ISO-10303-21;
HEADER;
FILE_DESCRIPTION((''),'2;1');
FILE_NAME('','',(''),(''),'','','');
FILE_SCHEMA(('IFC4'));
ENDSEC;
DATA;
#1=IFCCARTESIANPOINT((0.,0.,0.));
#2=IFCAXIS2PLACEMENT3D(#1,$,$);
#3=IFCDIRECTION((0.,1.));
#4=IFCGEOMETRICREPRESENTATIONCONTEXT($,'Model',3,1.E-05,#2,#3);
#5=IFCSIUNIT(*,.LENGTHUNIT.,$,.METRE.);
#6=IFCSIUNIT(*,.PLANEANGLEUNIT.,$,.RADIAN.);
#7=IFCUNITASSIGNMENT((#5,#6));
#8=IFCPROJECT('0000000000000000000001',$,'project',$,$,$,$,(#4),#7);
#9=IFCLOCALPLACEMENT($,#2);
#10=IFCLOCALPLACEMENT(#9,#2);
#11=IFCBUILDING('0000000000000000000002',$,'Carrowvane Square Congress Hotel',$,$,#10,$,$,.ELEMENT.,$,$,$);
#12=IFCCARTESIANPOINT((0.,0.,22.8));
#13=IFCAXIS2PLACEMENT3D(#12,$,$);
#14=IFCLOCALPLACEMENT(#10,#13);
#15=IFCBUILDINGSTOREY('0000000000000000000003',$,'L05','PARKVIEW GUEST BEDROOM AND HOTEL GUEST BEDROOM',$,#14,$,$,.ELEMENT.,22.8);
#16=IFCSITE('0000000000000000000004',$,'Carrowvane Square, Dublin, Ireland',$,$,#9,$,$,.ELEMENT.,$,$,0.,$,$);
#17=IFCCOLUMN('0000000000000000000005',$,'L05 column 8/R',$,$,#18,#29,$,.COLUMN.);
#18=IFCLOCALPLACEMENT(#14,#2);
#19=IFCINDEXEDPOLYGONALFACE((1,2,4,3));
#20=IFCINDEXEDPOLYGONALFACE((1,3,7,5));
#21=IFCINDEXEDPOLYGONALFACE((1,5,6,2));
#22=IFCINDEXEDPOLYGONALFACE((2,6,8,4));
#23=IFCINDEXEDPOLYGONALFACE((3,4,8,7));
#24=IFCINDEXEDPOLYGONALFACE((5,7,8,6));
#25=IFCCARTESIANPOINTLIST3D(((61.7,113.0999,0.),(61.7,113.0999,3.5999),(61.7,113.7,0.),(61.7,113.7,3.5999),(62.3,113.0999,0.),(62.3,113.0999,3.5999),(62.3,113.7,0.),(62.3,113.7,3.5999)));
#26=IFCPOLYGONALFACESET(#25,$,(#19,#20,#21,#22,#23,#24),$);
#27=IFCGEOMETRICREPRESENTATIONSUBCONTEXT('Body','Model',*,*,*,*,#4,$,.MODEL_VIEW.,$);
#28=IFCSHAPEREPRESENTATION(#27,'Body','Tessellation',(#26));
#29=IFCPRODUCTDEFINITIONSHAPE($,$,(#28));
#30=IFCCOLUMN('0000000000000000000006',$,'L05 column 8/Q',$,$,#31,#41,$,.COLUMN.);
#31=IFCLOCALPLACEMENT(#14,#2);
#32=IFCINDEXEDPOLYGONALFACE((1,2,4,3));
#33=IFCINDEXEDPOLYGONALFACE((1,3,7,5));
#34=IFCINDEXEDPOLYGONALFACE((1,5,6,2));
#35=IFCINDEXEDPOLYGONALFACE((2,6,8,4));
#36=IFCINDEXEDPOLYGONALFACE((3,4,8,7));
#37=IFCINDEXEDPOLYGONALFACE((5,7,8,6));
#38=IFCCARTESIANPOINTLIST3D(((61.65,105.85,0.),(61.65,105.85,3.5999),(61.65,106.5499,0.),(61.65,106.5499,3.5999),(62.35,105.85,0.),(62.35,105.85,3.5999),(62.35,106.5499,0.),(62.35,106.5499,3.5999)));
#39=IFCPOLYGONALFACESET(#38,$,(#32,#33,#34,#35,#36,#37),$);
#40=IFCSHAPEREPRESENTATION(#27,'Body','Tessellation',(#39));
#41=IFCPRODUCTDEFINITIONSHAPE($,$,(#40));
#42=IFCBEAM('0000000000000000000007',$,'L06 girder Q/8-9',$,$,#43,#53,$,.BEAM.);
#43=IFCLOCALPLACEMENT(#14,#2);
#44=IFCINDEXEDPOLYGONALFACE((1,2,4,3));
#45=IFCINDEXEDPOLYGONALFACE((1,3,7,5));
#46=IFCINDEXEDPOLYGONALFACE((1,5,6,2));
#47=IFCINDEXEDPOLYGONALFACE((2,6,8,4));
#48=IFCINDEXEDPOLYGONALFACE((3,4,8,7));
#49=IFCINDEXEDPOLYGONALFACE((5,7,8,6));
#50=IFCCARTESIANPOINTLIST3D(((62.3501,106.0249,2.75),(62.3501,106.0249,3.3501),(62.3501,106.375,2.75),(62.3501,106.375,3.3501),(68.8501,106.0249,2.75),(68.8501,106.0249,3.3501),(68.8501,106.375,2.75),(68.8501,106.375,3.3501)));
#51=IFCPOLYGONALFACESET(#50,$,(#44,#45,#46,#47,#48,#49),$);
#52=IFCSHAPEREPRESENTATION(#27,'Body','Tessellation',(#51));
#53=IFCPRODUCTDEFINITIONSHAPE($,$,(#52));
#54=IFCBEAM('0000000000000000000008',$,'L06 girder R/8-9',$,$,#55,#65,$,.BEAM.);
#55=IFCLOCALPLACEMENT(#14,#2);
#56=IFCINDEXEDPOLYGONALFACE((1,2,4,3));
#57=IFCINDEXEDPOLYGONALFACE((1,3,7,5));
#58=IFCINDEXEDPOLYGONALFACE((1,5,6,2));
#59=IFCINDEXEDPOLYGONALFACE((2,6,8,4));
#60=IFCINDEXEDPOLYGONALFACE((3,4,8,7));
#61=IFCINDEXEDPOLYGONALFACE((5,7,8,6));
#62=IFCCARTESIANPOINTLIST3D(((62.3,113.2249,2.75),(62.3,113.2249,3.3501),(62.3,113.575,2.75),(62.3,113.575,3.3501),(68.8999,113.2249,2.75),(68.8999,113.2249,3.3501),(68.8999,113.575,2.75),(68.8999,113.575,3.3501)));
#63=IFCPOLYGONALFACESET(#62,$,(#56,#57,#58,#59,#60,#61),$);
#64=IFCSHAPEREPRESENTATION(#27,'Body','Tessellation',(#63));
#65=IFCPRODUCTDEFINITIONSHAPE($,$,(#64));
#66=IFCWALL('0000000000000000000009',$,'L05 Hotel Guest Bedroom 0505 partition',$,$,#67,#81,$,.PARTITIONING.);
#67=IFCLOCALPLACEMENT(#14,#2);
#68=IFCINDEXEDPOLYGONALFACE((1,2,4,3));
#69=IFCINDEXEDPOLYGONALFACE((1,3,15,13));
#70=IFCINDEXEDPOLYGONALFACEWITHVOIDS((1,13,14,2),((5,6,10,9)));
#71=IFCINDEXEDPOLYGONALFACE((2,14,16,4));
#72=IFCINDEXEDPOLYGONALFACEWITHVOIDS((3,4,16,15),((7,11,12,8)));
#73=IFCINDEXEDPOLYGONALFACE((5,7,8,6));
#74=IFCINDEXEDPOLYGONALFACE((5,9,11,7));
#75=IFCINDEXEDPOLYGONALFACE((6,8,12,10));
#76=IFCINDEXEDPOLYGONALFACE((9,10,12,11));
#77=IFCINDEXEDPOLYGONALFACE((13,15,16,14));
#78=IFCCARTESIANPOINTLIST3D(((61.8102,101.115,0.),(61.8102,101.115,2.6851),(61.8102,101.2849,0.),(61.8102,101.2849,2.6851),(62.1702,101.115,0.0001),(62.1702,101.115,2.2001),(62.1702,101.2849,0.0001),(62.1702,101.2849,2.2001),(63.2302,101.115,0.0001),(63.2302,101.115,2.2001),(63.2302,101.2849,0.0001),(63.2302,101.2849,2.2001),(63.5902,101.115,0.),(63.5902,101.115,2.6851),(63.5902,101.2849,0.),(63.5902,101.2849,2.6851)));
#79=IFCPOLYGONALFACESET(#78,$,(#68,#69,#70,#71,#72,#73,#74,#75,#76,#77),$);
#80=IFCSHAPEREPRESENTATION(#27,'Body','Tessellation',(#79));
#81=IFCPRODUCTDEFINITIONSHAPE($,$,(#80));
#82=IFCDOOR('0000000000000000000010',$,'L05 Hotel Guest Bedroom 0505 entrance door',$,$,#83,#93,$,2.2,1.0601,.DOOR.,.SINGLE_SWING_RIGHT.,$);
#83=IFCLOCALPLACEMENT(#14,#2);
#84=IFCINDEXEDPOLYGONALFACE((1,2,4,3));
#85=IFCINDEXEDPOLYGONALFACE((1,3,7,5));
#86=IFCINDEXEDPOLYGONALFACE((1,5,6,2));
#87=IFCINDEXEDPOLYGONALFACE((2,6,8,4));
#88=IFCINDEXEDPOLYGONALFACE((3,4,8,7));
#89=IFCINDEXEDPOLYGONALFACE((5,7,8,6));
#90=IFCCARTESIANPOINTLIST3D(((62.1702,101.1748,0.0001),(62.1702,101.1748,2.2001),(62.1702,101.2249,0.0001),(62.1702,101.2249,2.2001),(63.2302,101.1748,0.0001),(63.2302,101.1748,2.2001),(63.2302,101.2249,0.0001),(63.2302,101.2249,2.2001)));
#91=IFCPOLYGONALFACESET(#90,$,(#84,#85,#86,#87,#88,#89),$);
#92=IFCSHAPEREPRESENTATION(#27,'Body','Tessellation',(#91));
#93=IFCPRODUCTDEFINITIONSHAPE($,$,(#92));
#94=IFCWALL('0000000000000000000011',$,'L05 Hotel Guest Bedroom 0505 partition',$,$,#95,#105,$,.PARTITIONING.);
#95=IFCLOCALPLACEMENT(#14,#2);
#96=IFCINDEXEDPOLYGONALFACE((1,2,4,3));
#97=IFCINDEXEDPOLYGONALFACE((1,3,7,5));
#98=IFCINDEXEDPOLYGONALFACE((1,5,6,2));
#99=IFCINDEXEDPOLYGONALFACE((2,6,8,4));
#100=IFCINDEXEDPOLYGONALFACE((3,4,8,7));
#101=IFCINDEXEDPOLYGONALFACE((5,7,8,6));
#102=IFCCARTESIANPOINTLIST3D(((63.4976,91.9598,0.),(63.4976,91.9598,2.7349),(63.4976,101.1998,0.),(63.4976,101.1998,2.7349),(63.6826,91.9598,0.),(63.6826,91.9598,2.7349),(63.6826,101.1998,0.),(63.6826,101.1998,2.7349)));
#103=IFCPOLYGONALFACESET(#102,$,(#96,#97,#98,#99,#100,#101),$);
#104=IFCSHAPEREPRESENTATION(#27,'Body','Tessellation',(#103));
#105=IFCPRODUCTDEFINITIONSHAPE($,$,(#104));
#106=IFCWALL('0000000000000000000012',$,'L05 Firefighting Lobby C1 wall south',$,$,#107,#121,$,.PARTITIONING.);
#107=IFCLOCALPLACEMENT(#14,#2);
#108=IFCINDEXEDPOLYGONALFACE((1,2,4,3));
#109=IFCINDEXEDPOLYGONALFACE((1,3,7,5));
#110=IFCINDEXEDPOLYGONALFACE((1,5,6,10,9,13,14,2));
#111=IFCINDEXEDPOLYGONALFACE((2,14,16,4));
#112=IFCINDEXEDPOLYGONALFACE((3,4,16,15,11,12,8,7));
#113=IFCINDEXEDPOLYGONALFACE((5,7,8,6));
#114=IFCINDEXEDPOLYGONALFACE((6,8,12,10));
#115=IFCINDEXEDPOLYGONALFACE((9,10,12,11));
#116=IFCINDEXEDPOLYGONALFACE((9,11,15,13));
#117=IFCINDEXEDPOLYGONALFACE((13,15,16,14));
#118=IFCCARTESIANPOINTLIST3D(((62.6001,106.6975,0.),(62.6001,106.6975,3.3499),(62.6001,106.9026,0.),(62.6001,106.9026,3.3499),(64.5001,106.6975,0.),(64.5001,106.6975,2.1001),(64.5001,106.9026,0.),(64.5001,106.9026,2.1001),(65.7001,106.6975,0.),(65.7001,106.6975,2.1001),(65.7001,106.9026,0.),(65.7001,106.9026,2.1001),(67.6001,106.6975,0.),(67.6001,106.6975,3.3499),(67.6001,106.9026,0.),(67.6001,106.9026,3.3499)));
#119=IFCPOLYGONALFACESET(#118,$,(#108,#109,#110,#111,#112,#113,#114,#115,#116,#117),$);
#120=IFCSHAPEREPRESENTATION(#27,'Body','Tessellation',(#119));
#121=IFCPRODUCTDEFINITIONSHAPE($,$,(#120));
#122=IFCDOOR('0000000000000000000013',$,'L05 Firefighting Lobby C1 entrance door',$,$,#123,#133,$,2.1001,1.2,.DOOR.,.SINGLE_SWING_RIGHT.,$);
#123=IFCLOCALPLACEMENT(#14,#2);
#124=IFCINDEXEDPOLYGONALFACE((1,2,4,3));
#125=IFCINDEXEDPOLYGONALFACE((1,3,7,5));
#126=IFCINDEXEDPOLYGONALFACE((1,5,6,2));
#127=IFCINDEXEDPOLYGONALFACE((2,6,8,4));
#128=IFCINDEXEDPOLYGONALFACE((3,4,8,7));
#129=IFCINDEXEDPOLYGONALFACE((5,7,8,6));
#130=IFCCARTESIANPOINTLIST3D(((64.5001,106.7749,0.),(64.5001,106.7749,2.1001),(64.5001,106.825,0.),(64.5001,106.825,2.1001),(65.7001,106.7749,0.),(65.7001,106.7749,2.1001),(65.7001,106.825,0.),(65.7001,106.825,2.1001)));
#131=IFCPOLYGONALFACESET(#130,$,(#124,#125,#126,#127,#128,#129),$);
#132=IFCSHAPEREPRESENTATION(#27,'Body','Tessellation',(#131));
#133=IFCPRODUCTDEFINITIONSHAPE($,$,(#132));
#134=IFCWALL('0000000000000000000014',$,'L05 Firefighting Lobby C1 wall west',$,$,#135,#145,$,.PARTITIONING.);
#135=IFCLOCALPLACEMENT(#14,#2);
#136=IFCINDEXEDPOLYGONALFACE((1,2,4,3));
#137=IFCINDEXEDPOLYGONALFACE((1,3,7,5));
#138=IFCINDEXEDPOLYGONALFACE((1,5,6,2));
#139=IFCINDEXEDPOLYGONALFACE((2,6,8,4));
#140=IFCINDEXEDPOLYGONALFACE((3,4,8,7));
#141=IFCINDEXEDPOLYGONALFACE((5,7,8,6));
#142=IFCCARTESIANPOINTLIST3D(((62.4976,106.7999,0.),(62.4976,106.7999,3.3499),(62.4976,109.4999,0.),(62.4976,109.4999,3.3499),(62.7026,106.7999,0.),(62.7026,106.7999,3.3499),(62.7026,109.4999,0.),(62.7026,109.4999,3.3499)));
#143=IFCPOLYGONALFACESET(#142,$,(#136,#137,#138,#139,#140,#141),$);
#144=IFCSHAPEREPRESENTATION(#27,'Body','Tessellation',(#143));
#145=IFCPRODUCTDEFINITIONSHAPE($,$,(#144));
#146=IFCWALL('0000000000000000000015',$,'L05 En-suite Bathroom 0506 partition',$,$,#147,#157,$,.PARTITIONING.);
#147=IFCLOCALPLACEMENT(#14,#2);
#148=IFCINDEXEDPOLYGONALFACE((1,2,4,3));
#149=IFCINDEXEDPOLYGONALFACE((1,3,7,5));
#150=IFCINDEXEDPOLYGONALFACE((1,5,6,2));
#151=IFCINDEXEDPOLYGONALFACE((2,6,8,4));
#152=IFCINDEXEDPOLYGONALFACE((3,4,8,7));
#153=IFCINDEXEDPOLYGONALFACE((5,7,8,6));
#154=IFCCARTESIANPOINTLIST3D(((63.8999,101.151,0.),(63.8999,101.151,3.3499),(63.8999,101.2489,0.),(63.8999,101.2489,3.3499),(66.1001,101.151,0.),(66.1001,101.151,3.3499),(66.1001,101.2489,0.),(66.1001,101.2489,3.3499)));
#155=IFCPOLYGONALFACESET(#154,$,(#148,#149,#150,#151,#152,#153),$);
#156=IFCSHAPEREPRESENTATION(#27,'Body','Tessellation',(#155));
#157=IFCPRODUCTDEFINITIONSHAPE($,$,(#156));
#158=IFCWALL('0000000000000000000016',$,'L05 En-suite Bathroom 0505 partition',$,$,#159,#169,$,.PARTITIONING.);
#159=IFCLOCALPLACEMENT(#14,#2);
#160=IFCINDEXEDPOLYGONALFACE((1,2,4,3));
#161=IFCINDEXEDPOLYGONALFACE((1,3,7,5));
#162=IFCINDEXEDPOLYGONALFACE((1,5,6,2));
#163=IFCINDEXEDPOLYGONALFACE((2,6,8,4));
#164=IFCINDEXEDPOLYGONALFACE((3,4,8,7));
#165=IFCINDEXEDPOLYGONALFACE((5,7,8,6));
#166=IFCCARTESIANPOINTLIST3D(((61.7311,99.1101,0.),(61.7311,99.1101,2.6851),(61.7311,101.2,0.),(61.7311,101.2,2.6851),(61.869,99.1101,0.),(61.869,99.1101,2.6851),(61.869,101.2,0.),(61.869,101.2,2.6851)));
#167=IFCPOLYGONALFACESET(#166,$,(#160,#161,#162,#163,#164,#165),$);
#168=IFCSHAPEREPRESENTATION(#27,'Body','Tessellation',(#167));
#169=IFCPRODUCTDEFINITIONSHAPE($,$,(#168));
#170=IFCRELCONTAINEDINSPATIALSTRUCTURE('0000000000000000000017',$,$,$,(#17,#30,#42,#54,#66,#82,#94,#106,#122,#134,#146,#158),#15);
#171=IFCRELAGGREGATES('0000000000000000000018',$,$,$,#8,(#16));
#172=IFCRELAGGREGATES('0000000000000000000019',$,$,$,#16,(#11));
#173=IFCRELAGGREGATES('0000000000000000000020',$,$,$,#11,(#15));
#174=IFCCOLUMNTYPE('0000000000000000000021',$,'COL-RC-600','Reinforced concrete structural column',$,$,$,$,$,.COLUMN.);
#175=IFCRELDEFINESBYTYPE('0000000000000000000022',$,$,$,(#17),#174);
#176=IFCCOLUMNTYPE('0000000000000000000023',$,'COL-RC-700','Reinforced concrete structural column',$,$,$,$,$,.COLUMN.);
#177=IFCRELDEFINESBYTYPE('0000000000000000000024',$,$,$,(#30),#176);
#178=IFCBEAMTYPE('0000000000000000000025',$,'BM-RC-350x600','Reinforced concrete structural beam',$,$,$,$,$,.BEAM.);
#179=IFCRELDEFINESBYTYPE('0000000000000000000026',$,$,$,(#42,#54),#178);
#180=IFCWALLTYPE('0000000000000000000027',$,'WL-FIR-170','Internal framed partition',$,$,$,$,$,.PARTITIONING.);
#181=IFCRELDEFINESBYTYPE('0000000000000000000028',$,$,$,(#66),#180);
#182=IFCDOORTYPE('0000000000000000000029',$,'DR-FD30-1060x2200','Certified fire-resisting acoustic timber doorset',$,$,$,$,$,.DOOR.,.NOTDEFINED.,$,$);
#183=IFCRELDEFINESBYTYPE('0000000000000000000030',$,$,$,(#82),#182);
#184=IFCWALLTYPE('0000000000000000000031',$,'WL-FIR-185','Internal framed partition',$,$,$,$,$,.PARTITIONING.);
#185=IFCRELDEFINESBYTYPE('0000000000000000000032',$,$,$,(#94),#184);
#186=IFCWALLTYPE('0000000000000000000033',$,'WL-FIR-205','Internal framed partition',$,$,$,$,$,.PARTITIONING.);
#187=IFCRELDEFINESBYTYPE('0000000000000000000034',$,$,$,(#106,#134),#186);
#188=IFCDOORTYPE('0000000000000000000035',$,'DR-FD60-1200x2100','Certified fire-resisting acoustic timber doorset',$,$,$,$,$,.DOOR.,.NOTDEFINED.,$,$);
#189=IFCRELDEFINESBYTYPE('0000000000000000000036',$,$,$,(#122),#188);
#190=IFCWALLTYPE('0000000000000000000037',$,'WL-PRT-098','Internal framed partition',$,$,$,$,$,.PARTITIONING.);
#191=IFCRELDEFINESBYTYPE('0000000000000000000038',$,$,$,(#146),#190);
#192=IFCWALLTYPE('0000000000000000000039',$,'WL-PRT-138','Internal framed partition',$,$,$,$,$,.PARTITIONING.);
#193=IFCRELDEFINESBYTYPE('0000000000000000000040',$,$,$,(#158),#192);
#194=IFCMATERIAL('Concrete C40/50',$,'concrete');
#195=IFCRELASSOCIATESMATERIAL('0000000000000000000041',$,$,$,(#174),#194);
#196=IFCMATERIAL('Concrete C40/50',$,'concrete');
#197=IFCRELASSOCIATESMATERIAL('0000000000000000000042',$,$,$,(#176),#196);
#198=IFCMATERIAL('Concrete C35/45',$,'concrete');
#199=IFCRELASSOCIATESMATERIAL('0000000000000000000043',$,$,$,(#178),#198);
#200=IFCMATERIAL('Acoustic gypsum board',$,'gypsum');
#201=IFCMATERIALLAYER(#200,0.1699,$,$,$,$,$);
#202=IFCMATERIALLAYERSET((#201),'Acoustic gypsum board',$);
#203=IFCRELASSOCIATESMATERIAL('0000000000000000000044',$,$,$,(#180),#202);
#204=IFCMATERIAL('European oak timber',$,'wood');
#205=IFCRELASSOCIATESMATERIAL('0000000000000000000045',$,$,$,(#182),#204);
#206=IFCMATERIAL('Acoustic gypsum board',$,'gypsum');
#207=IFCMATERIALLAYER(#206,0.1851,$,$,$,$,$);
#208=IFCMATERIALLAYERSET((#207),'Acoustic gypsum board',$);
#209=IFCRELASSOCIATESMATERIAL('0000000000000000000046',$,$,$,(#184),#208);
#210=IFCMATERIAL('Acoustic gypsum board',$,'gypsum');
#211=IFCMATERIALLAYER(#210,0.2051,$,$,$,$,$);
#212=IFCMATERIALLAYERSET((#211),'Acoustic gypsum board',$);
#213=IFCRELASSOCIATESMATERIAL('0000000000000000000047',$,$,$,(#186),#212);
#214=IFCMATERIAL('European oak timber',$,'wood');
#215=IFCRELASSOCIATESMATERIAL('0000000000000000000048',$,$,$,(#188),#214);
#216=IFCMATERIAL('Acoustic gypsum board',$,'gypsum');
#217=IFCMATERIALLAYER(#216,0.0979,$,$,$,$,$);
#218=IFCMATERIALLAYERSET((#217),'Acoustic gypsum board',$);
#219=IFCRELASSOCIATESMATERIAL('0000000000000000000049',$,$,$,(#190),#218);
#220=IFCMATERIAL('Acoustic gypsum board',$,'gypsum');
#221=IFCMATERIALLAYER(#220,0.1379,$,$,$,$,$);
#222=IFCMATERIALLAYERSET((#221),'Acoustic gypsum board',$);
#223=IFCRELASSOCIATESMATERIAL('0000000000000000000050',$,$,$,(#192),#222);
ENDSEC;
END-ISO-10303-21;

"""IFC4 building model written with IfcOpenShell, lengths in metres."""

from ifc_helpers import new_model, si_unit, direction, frame, frame_2d, origin, origin_2d, place, context, subcontext, project, spatial, rectangle, extrude, material, layer, layer_set, material_profile, profile_set, type_object, element, fill, save


model = new_model("IFC4")

# Units and contexts
model_context = context("Model", 3, precision=1e-05, world=origin(), true_north=direction((0.0, 1.0)))
body_context = subcontext(model_context, "Body", "Model", "MODEL_VIEW")
ifc_project = project(units=[si_unit("LENGTHUNIT", "METRE"), si_unit("PLANEANGLEUNIT", "RADIAN")], contexts=[model_context])

# Site, building, storey
site_placement = place(None, origin())
site = spatial("IfcSite", under=ifc_project, at=site_placement, Name="Carrowvane Square, Dublin, Ireland", CompositionType="ELEMENT", RefElevation=0.0)
building_placement = place(site_placement, origin())
building = spatial("IfcBuilding", under=site, at=building_placement, Name="Carrowvane Square Congress Hotel", CompositionType="ELEMENT")
storey_placement = place(building_placement, frame((0.0, 0.0, 22.8)))
storey = spatial("IfcBuildingStorey", under=building, at=storey_placement, Name="L05", Description="PARKVIEW GUEST BEDROOM AND HOTEL GUEST BEDROOM", CompositionType="ELEMENT", Elevation=22.8)

# Columns
ifc_material_1 = material(Name="Concrete C40/50", Category="concrete")
ifc_material_profile_1 = material_profile(ifc_material_1, rectangle(XDim=0.6001, YDim=0.6001, at=origin_2d()), Name="RC 600x600")
ifc_profile_set_1 = profile_set([ifc_material_profile_1], Name="Concrete C40/50")
column_type_1 = type_object("IfcColumnType", Name="COL-RC-600", Description="Reinforced concrete structural column", PredefinedType="COLUMN", material=ifc_profile_set_1)
column_1_placement = place(storey_placement, frame((62.0, 113.3999, 0.0), z_axis=(0.0, 0.0, 1.0), x_axis=(1.0, 0.0, 0.0)))
element("IfcColumn", 1, at=column_1_placement, inside=storey, type_object=column_type_1, Name="L05 column 8/R", PredefinedType="COLUMN", context=body_context, shape_type="SweptSolid", body=[
    extrude(rectangle(XDim=0.6001, YDim=0.6001, at=origin_2d()), origin(), (0.0, 0.0, 1.0), 3.5999),
])
ifc_material_2 = material(Name="Concrete C40/50", Category="concrete")
ifc_material_profile_2 = material_profile(ifc_material_2, rectangle(XDim=0.7, YDim=0.7, at=origin_2d()), Name="RC 700x700")
ifc_profile_set_2 = profile_set([ifc_material_profile_2], Name="Concrete C40/50")
column_type_2 = type_object("IfcColumnType", Name="COL-RC-700", Description="Reinforced concrete structural column", PredefinedType="COLUMN", material=ifc_profile_set_2)
column_2_placement = place(storey_placement, frame((62.0, 106.2, 0.0), z_axis=(0.0, 0.0, 1.0), x_axis=(1.0, 0.0, 0.0)))
element("IfcColumn", 2, at=column_2_placement, inside=storey, type_object=column_type_2, Name="L05 column 8/Q", PredefinedType="COLUMN", context=body_context, shape_type="SweptSolid", body=[
    extrude(rectangle(XDim=0.7, YDim=0.7, at=origin_2d()), origin(), (0.0, 0.0, 1.0), 3.5999),
])

# Beams
ifc_material_3 = material(Name="Concrete C35/45", Category="concrete")
ifc_material_profile_3 = material_profile(ifc_material_3, rectangle(XDim=0.3501, YDim=0.6001, at=origin_2d()), Name="RC 350x600")
ifc_profile_set_3 = profile_set([ifc_material_profile_3], Name="Concrete C35/45")
beam_type = type_object("IfcBeamType", Name="BM-RC-350x600", Description="Reinforced concrete structural beam", PredefinedType="BEAM", material=ifc_profile_set_3)
beam_1_placement = place(storey_placement, frame((62.3501, 106.2, 3.05), z_axis=(1.0, 0.0, 0.0), x_axis=(0.0, 1.0, 0.0)))
element("IfcBeam", 3, at=beam_1_placement, inside=storey, type_object=beam_type, Name="L06 girder Q/8-9", PredefinedType="BEAM", context=body_context, shape_type="SweptSolid", body=[
    extrude(rectangle(XDim=0.3501, YDim=0.6001, at=origin_2d()), origin(), (0.0, 0.0, 1.0), 6.5),
])
beam_2_placement = place(storey_placement, frame((62.3, 113.3999, 3.05), z_axis=(1.0, 0.0, 0.0), x_axis=(0.0, 1.0, 0.0)))
element("IfcBeam", 4, at=beam_2_placement, inside=storey, type_object=beam_type, Name="L06 girder R/8-9", PredefinedType="BEAM", context=body_context, shape_type="SweptSolid", body=[
    extrude(rectangle(XDim=0.3501, YDim=0.6001, at=origin_2d()), origin(), (0.0, 0.0, 1.0), 6.5999),
])

# Wall, opening, door
ifc_material_4 = material(Name="Acoustic gypsum board", Category="gypsum")
ifc_layer_1 = layer(ifc_material_4, 0.1699)
ifc_layer_set_1 = layer_set([ifc_layer_1], Name="Acoustic gypsum board")
wall_type_1 = type_object("IfcWallType", Name="WL-FIR-170", Description="Internal framed partition", PredefinedType="PARTITIONING", material=ifc_layer_set_1)
wall_1_placement = place(storey_placement, frame((61.8101, 101.2, 0.0), z_axis=(0.0, 0.0, 1.0), x_axis=(1.0, 0.0, 0.0)))
wall_1 = element("IfcWall", 5, at=wall_1_placement, inside=storey, type_object=wall_type_1, Name="L05 Hotel Guest Bedroom 0505 partition", PredefinedType="PARTITIONING", context=body_context, shape_type="SweptSolid", body=[
    extrude(rectangle(XDim=1.78, YDim=0.1699, at=frame_2d((0.8901, 0.0))), origin(), (0.0, 0.0, 1.0), 2.6851),
])
opening_1_placement = place(wall_1_placement, frame((0.3601, 0.0, 0.0)))
opening_1 = element("IfcOpeningElement", 6, at=opening_1_placement, cuts=wall_1, PredefinedType="OPENING", context=body_context, shape_type="SweptSolid", body=[
    extrude(rectangle(XDim=1.0601, YDim=2.2, at=frame_2d((0.53, 1.1001))), frame((0.0, 0.095, 0.0), z_axis=(0.0, -1.0, 0.0), x_axis=(1.0, 0.0, 0.0)), (0.0, 0.0, 1.0), 0.1899),
])
ifc_material_5 = material(Name="European oak timber", Category="wood")
door_type_1 = type_object("IfcDoorType", Name="DR-FD30-1060x2200", Description="Certified fire-resisting acoustic timber doorset", OperationType="NOTDEFINED", PredefinedType="DOOR", material=ifc_material_5)
door_1_placement = place(opening_1_placement, origin())
door_1 = element("IfcDoor", 7, at=door_1_placement, inside=storey, type_object=door_type_1, Name="L05 Hotel Guest Bedroom 0505 entrance door", OperationType="SINGLE_SWING_RIGHT", OverallHeight=2.2, OverallWidth=1.0601, PredefinedType="DOOR", context=body_context, shape_type="SweptSolid", body=[
    extrude(rectangle(XDim=1.0601, YDim=2.2, at=frame_2d((0.53, 1.1001))), frame((0.0, 0.0249, 0.0), z_axis=(0.0, -1.0, 0.0), x_axis=(1.0, 0.0, 0.0)), (0.0, 0.0, 1.0), 0.05),
])
fill(opening_1, door_1)

# Wall
ifc_material_6 = material(Name="Acoustic gypsum board", Category="gypsum")
ifc_layer_2 = layer(ifc_material_6, 0.1851)
ifc_layer_set_2 = layer_set([ifc_layer_2], Name="Acoustic gypsum board")
wall_type_2 = type_object("IfcWallType", Name="WL-FIR-185", Description="Internal framed partition", PredefinedType="PARTITIONING", material=ifc_layer_set_2)
wall_2_placement = place(storey_placement, frame((63.5901, 101.2, 0.0), z_axis=(0.0, 0.0, 1.0), x_axis=(0.0, -1.0, 0.0)))
element("IfcWall", 8, at=wall_2_placement, inside=storey, type_object=wall_type_2, Name="L05 Hotel Guest Bedroom 0505 partition", PredefinedType="PARTITIONING", context=body_context, shape_type="SweptSolid", body=[
    extrude(rectangle(XDim=9.24, YDim=0.1851, at=frame_2d((4.6201, 0.0))), origin(), (0.0, 0.0, 1.0), 2.7349),
])

# Wall, opening, door
ifc_material_7 = material(Name="Acoustic gypsum board", Category="gypsum")
ifc_layer_3 = layer(ifc_material_7, 0.2051)
ifc_layer_set_3 = layer_set([ifc_layer_3], Name="Acoustic gypsum board")
wall_type_3 = type_object("IfcWallType", Name="WL-FIR-205", Description="Internal framed partition", PredefinedType="PARTITIONING", material=ifc_layer_set_3)
wall_3_placement = place(storey_placement, frame((62.6001, 106.8, 0.0), z_axis=(0.0, 0.0, 1.0), x_axis=(1.0, 0.0, 0.0)))
wall_3 = element("IfcWall", 9, at=wall_3_placement, inside=storey, type_object=wall_type_3, Name="L05 Firefighting Lobby C1 wall south", PredefinedType="PARTITIONING", context=body_context, shape_type="SweptSolid", body=[
    extrude(rectangle(XDim=5.0, YDim=0.2051, at=frame_2d((2.5, 0.0))), origin(), (0.0, 0.0, 1.0), 3.3499),
])
opening_2_placement = place(wall_3_placement, frame((1.8999, 0.0, 0.0)))
opening_2 = element("IfcOpeningElement", 10, at=opening_2_placement, cuts=wall_3, PredefinedType="OPENING", context=body_context, shape_type="SweptSolid", body=[
    extrude(rectangle(XDim=1.2, YDim=2.1001, at=frame_2d((0.6001, 1.05))), frame((0.0, 0.1125, 0.0), z_axis=(0.0, -1.0, 0.0), x_axis=(1.0, 0.0, 0.0)), (0.0, 0.0, 1.0), 0.2251),
])
ifc_material_8 = material(Name="European oak timber", Category="wood")
door_type_2 = type_object("IfcDoorType", Name="DR-FD60-1200x2100", Description="Certified fire-resisting acoustic timber doorset", OperationType="NOTDEFINED", PredefinedType="DOOR", material=ifc_material_8)
door_2_placement = place(opening_2_placement, origin())
door_2 = element("IfcDoor", 11, at=door_2_placement, inside=storey, type_object=door_type_2, Name="L05 Firefighting Lobby C1 entrance door", OperationType="SINGLE_SWING_RIGHT", OverallHeight=2.1001, OverallWidth=1.2, PredefinedType="DOOR", context=body_context, shape_type="SweptSolid", body=[
    extrude(rectangle(XDim=1.2, YDim=2.1001, at=frame_2d((0.6001, 1.05))), frame((0.0, 0.0249, 0.0), z_axis=(0.0, -1.0, 0.0), x_axis=(1.0, 0.0, 0.0)), (0.0, 0.0, 1.0), 0.05),
])
fill(opening_2, door_2)

# Walls
wall_4_placement = place(storey_placement, frame((62.6001, 109.5, 0.0), z_axis=(0.0, 0.0, 1.0), x_axis=(0.0, -1.0, 0.0)))
element("IfcWall", 12, at=wall_4_placement, inside=storey, type_object=wall_type_3, Name="L05 Firefighting Lobby C1 wall west", PredefinedType="PARTITIONING", context=body_context, shape_type="SweptSolid", body=[
    extrude(rectangle(XDim=2.7, YDim=0.2051, at=frame_2d((1.3501, 0.0))), origin(), (0.0, 0.0, 1.0), 3.3499),
])
ifc_material_9 = material(Name="Acoustic gypsum board", Category="gypsum")
ifc_layer_4 = layer(ifc_material_9, 0.0979)
ifc_layer_set_4 = layer_set([ifc_layer_4], Name="Acoustic gypsum board")
wall_type_4 = type_object("IfcWallType", Name="WL-PRT-098", Description="Internal framed partition", PredefinedType="PARTITIONING", material=ifc_layer_set_4)
wall_5_placement = place(storey_placement, frame((63.8999, 101.2, 0.0), z_axis=(0.0, 0.0, 1.0), x_axis=(1.0, 0.0, 0.0)))
element("IfcWall", 13, at=wall_5_placement, inside=storey, type_object=wall_type_4, Name="L05 En-suite Bathroom 0506 partition", PredefinedType="PARTITIONING", context=body_context, shape_type="SweptSolid", body=[
    extrude(rectangle(XDim=2.2002, YDim=0.0979, at=frame_2d((1.1001, 0.0))), origin(), (0.0, 0.0, 1.0), 3.3499),
])
ifc_material_10 = material(Name="Acoustic gypsum board", Category="gypsum")
ifc_layer_5 = layer(ifc_material_10, 0.1379)
ifc_layer_set_5 = layer_set([ifc_layer_5], Name="Acoustic gypsum board")
wall_type_5 = type_object("IfcWallType", Name="WL-PRT-138", Description="Internal framed partition", PredefinedType="PARTITIONING", material=ifc_layer_set_5)
wall_6_placement = place(storey_placement, frame((61.8, 101.2, 0.0), z_axis=(0.0, 0.0, 1.0), x_axis=(0.0, -1.0, 0.0)))
element("IfcWall", 14, at=wall_6_placement, inside=storey, type_object=wall_type_5, Name="L05 En-suite Bathroom 0505 partition", PredefinedType="PARTITIONING", context=body_context, shape_type="SweptSolid", body=[
    extrude(rectangle(XDim=2.0898, YDim=0.1379, at=frame_2d((1.0449, 0.0))), origin(), (0.0, 0.0, 1.0), 2.6851),
])

save(model, "model.ifc")
